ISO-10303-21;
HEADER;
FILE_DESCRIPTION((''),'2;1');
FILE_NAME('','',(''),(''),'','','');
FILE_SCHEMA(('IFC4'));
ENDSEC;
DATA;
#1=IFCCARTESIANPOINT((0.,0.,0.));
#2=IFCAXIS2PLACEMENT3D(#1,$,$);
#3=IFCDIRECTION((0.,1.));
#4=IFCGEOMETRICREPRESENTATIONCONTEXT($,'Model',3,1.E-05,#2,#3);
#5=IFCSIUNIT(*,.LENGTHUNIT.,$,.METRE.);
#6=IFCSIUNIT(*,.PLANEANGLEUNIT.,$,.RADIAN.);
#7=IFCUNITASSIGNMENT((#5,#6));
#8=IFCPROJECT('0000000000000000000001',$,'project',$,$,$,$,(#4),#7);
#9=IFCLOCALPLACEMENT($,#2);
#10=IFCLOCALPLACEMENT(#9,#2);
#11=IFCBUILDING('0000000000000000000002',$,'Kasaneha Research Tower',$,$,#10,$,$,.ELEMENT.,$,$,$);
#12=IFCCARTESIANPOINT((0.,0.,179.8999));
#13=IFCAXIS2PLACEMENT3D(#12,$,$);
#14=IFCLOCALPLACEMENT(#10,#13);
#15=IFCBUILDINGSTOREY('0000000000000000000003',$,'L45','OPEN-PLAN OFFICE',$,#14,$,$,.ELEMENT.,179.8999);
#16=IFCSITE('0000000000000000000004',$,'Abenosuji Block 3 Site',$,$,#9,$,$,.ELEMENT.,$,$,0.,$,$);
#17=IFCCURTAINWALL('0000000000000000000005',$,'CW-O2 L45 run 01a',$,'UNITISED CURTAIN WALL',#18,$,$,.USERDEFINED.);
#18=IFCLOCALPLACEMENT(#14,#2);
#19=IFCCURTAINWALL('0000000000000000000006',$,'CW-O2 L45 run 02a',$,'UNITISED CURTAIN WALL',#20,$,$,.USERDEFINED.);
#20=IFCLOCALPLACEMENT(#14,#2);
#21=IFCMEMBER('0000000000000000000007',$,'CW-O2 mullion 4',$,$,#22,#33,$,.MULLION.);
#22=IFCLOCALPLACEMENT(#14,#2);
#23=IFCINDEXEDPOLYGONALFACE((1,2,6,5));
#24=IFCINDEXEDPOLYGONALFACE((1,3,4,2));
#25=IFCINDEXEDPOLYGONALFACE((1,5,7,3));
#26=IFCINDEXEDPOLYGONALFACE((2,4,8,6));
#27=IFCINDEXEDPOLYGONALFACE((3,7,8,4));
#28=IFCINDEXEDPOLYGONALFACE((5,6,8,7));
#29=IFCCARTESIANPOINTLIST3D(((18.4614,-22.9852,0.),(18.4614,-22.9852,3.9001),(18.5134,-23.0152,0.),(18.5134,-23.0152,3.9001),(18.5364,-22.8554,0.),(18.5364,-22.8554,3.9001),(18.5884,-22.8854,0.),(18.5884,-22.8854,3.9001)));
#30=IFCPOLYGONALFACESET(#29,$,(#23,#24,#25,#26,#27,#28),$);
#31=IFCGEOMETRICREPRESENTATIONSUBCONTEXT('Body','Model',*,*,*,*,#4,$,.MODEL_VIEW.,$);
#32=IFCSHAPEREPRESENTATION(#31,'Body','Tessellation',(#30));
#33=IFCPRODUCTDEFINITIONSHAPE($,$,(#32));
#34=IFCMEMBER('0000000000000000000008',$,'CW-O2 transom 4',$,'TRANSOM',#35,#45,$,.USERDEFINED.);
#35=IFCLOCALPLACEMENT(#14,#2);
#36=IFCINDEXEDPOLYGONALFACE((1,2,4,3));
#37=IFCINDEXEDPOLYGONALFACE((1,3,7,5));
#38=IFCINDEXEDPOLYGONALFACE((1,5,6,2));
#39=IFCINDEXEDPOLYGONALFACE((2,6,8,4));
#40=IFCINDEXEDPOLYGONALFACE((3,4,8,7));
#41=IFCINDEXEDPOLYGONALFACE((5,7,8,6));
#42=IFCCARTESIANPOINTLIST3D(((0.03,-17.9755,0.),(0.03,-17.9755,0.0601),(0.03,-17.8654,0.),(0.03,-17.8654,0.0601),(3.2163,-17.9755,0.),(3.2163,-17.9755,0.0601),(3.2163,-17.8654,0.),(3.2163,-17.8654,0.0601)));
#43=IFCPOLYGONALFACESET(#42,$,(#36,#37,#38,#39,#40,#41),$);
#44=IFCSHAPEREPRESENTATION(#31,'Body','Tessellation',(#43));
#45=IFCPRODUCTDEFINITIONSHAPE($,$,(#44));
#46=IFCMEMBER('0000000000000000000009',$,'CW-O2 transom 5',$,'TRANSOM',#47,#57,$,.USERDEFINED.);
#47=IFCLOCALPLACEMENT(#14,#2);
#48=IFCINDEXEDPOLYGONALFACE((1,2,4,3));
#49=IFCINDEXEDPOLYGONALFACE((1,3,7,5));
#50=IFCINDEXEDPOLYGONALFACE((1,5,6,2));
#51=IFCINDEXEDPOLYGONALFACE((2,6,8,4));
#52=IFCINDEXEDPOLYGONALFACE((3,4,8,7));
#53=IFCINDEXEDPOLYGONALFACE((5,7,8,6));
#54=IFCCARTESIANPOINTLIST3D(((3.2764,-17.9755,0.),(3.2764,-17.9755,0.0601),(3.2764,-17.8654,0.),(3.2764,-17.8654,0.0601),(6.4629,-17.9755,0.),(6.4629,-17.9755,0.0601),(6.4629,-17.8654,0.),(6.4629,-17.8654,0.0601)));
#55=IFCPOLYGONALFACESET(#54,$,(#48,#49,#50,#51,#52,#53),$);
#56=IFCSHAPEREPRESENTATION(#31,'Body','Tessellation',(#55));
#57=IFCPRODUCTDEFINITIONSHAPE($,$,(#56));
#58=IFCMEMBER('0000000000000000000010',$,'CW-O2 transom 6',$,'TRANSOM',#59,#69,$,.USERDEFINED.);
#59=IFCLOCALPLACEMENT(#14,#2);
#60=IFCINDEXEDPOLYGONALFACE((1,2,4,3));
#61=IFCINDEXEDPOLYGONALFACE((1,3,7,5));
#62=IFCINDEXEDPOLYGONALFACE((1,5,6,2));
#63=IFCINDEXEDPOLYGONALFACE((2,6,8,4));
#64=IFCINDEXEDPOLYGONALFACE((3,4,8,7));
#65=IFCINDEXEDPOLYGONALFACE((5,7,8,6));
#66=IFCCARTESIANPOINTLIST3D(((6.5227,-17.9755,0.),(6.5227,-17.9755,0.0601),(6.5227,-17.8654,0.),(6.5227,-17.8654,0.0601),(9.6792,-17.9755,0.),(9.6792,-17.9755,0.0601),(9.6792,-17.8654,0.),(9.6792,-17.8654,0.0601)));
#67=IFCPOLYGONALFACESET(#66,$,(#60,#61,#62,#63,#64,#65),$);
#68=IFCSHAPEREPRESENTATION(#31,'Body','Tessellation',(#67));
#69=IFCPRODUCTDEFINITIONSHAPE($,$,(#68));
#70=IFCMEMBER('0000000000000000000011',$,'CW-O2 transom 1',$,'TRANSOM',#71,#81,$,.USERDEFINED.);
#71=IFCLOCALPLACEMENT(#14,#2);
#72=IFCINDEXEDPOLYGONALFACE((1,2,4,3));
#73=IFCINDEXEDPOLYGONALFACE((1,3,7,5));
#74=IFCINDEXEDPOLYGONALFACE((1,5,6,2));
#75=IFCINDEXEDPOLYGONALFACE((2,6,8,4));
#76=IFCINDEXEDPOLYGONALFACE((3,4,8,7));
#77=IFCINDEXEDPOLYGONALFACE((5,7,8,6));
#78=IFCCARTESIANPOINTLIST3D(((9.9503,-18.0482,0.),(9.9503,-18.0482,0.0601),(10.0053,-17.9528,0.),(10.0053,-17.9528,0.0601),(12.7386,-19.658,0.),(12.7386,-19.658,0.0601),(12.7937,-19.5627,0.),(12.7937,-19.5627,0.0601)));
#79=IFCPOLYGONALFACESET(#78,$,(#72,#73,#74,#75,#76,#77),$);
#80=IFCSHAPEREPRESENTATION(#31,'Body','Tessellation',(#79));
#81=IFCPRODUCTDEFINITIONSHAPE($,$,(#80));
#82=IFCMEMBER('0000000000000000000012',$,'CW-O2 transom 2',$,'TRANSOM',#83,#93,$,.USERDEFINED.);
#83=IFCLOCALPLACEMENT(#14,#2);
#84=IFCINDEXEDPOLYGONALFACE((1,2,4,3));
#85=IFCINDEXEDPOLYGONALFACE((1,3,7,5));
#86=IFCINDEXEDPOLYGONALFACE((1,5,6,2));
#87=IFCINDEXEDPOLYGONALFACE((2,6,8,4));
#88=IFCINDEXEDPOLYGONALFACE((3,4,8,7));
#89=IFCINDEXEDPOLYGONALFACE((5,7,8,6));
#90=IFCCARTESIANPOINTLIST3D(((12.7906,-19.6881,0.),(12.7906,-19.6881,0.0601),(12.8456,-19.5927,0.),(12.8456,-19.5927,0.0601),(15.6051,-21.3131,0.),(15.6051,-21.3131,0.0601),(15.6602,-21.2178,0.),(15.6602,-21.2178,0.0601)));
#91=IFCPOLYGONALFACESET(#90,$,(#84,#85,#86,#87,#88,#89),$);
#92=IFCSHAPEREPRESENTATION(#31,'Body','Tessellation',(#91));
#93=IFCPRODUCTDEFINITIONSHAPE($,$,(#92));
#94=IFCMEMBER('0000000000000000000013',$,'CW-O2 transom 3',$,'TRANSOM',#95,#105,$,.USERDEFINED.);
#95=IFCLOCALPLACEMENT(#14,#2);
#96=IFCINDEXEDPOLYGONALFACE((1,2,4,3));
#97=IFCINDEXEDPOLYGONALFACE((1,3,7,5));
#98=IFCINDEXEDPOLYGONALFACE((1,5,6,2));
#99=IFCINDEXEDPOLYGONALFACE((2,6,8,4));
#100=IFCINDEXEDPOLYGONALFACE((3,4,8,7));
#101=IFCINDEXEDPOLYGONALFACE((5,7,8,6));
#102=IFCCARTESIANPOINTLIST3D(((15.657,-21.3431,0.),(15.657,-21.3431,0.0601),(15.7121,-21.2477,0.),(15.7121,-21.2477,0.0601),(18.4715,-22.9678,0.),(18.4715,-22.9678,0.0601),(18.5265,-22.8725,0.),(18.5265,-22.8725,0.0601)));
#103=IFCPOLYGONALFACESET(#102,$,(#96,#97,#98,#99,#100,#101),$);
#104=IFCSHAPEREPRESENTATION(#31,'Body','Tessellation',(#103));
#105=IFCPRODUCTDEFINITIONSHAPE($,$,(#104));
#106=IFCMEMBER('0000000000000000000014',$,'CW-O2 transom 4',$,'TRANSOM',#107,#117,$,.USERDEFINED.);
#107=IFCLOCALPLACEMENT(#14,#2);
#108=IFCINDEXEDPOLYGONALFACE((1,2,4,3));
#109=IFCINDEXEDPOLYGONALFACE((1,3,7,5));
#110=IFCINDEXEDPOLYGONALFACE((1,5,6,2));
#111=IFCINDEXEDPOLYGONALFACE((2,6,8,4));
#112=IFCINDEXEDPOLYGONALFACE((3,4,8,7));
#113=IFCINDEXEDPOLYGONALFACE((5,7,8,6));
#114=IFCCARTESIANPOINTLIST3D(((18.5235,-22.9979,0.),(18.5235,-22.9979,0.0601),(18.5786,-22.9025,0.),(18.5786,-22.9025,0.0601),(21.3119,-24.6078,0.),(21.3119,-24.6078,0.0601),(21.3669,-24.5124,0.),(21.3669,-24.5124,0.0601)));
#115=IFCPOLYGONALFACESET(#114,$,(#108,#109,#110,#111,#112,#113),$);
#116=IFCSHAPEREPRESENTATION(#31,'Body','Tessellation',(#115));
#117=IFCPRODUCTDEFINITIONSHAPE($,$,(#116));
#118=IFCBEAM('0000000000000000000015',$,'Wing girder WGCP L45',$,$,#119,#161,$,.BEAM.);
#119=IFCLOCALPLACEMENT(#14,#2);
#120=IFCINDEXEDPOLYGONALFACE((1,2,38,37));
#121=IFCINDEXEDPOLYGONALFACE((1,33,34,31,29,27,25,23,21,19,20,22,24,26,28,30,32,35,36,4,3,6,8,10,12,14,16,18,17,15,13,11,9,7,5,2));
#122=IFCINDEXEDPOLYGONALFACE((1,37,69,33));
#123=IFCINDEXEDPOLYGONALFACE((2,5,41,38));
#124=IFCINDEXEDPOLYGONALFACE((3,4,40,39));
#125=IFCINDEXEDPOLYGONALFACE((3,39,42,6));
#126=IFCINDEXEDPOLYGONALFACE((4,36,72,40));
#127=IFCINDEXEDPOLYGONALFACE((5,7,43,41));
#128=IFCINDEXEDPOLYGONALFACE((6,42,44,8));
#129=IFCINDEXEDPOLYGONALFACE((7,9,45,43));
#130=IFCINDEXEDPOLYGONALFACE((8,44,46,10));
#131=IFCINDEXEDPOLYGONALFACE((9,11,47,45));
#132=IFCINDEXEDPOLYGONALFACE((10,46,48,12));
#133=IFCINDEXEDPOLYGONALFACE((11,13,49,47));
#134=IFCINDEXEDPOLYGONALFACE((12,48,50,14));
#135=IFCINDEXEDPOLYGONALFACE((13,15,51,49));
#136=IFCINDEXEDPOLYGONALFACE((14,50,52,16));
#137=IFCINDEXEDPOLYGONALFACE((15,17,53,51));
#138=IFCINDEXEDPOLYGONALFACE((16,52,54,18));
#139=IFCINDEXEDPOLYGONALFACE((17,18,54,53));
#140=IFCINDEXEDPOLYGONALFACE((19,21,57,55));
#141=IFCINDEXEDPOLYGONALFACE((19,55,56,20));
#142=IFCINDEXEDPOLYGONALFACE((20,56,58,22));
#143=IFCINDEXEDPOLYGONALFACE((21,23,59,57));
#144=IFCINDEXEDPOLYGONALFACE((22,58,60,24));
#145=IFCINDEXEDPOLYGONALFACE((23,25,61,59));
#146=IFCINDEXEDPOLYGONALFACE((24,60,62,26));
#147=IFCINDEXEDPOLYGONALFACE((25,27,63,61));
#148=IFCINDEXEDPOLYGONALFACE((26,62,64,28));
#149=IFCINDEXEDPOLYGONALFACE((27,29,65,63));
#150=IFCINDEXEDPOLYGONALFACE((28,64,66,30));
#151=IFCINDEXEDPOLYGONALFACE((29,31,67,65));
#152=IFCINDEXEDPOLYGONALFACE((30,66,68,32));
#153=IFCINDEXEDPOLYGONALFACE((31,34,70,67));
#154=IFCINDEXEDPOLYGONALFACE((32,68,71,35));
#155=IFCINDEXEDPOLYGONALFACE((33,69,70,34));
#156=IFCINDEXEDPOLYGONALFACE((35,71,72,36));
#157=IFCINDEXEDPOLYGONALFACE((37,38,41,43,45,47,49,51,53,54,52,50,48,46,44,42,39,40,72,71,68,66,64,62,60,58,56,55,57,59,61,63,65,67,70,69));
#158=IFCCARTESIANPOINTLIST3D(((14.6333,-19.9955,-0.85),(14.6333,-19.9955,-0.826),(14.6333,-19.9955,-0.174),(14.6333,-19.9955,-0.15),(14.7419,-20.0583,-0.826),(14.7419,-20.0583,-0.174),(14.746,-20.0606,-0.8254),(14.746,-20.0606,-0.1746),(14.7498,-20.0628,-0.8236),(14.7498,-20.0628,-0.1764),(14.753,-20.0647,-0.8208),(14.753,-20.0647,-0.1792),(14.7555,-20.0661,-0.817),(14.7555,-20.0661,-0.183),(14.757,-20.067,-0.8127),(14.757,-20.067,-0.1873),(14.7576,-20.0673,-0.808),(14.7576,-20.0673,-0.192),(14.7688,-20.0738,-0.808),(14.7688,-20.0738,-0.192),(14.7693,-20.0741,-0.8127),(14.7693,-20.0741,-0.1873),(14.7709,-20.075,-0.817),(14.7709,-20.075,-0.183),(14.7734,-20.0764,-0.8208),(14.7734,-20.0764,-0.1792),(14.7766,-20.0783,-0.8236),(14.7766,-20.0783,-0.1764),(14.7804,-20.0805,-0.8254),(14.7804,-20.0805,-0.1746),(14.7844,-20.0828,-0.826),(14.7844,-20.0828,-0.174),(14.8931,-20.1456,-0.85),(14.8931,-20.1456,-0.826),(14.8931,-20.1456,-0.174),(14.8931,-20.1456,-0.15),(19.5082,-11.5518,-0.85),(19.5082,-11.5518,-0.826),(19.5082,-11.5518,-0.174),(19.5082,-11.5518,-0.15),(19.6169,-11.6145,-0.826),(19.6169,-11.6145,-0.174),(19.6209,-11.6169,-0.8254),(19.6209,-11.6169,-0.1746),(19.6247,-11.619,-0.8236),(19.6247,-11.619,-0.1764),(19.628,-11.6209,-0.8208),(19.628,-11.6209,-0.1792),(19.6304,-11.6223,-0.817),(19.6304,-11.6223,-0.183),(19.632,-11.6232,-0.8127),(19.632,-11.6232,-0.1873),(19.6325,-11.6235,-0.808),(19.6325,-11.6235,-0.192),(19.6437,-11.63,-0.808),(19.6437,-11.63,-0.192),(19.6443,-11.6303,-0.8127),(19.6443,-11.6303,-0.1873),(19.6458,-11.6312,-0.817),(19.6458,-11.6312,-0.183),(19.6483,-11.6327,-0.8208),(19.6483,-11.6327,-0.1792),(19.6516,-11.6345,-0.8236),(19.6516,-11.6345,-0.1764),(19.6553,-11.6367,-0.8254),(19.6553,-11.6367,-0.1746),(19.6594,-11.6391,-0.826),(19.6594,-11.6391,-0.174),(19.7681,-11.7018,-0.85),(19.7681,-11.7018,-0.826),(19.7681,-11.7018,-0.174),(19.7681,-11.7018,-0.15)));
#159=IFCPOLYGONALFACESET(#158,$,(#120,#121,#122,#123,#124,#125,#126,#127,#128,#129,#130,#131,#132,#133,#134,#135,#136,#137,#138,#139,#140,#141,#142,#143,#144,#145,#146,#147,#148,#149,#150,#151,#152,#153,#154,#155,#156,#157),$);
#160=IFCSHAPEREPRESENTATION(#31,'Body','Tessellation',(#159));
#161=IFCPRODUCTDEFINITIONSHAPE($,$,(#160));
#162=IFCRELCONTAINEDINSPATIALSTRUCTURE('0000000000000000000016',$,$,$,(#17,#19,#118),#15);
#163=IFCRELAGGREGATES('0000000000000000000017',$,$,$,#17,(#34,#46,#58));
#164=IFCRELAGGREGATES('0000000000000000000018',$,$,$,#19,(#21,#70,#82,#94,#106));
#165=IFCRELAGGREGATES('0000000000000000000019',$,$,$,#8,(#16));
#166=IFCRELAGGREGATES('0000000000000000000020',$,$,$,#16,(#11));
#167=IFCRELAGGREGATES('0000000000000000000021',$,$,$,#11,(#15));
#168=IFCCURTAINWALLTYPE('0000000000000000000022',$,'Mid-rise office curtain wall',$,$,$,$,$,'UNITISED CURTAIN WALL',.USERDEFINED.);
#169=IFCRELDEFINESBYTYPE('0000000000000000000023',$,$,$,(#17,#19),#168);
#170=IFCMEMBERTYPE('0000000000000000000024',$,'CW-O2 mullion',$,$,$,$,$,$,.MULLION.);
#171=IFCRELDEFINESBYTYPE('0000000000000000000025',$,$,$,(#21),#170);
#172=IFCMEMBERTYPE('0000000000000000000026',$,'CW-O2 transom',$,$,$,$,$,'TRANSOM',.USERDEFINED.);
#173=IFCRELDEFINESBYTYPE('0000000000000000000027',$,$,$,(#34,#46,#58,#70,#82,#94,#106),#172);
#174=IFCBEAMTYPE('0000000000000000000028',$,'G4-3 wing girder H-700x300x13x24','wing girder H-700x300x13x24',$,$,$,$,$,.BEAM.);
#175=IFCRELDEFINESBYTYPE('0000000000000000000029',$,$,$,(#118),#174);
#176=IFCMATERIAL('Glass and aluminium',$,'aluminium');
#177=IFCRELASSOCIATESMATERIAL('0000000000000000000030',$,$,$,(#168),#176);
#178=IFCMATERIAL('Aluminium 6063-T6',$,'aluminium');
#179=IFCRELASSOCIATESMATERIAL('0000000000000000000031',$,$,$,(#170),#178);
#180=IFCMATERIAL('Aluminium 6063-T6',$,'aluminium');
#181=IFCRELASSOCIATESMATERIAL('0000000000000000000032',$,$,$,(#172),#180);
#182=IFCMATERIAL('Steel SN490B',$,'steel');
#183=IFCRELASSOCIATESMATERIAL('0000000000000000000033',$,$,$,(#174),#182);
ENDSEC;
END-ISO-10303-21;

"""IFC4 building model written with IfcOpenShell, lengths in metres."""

from ifc_helpers import new_model, si_unit, direction, frame, origin, origin_2d, place, context, subcontext, project, spatial, rectangle, i_section, extrude, material, material_profile, profile_set, type_object, element, aggregate, save


model = new_model("IFC4")

# Units and contexts
model_context = context("Model", 3, precision=1e-05, world=origin(), true_north=direction((0.0, 1.0)))
body_context = subcontext(model_context, "Body", "Model", "MODEL_VIEW")
ifc_project = project(units=[si_unit("LENGTHUNIT", "METRE"), si_unit("PLANEANGLEUNIT", "RADIAN")], contexts=[model_context])

# Site, building, storey
site_placement = place(None, origin())
site = spatial("IfcSite", under=ifc_project, at=site_placement, Name="Abenosuji Block 3 Site", CompositionType="ELEMENT", RefElevation=0.0)
building_placement = place(site_placement, origin())
building = spatial("IfcBuilding", under=site, at=building_placement, Name="Kasaneha Research Tower", CompositionType="ELEMENT")
storey_placement = place(building_placement, frame((0.0, 0.0, 179.8999)))
storey = spatial("IfcBuildingStorey", under=building, at=storey_placement, Name="L45", Description="OPEN-PLAN OFFICE", CompositionType="ELEMENT", Elevation=179.8999)

# Curtain walls, member
ifc_material_1 = material(Name="Glass and aluminium", Category="aluminium")
curtain_wall_type = type_object("IfcCurtainWallType", Name="Mid-rise office curtain wall", ElementType="UNITISED CURTAIN WALL", PredefinedType="USERDEFINED", material=ifc_material_1)
curtain_wall_1_placement = place(storey_placement, origin())
curtain_wall_1 = element("IfcCurtainWall", 1, at=curtain_wall_1_placement, inside=storey, type_object=curtain_wall_type, Name="CW-O2 L45 run 01a", ObjectType="UNITISED CURTAIN WALL", PredefinedType="USERDEFINED")
ifc_material_2 = material(Name="Aluminium 6063-T6", Category="aluminium")
ifc_material_profile_1 = material_profile(ifc_material_2, rectangle(XDim=0.0601, YDim=0.1499, at=origin_2d()), Name="CW-O2 mullion 60x150")
ifc_profile_set_1 = profile_set([ifc_material_profile_1], Name="Aluminium 6063-T6")
member_type_1 = type_object("IfcMemberType", Name="CW-O2 mullion", PredefinedType="MULLION", material=ifc_profile_set_1)
curtain_wall_2_placement = place(storey_placement, origin())
curtain_wall_2 = element("IfcCurtainWall", 2, at=curtain_wall_2_placement, inside=storey, type_object=curtain_wall_type, Name="CW-O2 L45 run 02a", ObjectType="UNITISED CURTAIN WALL", PredefinedType="USERDEFINED")
member_1_placement = place(storey_placement, frame((18.5249, -22.9353, 0.0), z_axis=(0.0, 0.0, 1.0), x_axis=(0.866025, -0.5, 0.0)))
member_1 = element("IfcMember", 3, at=member_1_placement, type_object=member_type_1, Name="CW-O2 mullion 4", PredefinedType="MULLION", context=body_context, shape_type="SweptSolid", body=[
    extrude(rectangle(XDim=0.0601, YDim=0.1499, at=origin_2d()), origin(), (0.0, 0.0, 1.0), 3.9001),
])

# Members
ifc_material_3 = material(Name="Aluminium 6063-T6", Category="aluminium")
ifc_material_profile_2 = material_profile(ifc_material_3, rectangle(XDim=0.1101, YDim=0.0601, at=origin_2d()), Name="CW-O2 transom 110x60")
ifc_profile_set_2 = profile_set([ifc_material_profile_2], Name="Aluminium 6063-T6")
member_type_2 = type_object("IfcMemberType", Name="CW-O2 transom", ElementType="TRANSOM", PredefinedType="USERDEFINED", material=ifc_profile_set_2)
member_2_placement = place(storey_placement, frame((0.03, -17.9204, 0.03), z_axis=(1.0, 0.0, 0.0), x_axis=(0.0, 1.0, 0.0)))
member_2 = element("IfcMember", 4, at=member_2_placement, type_object=member_type_2, Name="CW-O2 transom 4", ObjectType="TRANSOM", PredefinedType="USERDEFINED", context=body_context, shape_type="SweptSolid", body=[
    extrude(rectangle(XDim=0.1101, YDim=0.0601, at=origin_2d()), origin(), (0.0, 0.0, 1.0), 3.1863),
])
member_3_placement = place(storey_placement, frame((3.2764, -17.9204, 0.03), z_axis=(1.0, 0.0, 0.0), x_axis=(0.0, 1.0, 0.0)))
member_3 = element("IfcMember", 5, at=member_3_placement, type_object=member_type_2, Name="CW-O2 transom 5", ObjectType="TRANSOM", PredefinedType="USERDEFINED", context=body_context, shape_type="SweptSolid", body=[
    extrude(rectangle(XDim=0.1101, YDim=0.0601, at=origin_2d()), origin(), (0.0, 0.0, 1.0), 3.1865),
])
member_4_placement = place(storey_placement, frame((6.5227, -17.9204, 0.03), z_axis=(1.0, 0.0, 0.0), x_axis=(0.0, 1.0, 0.0)))
member_4 = element("IfcMember", 6, at=member_4_placement, type_object=member_type_2, Name="CW-O2 transom 6", ObjectType="TRANSOM", PredefinedType="USERDEFINED", context=body_context, shape_type="SweptSolid", body=[
    extrude(rectangle(XDim=0.1101, YDim=0.0601, at=origin_2d()), origin(), (0.0, 0.0, 1.0), 3.1565),
])
member_5_placement = place(storey_placement, frame((9.9778, -18.0005, 0.03), z_axis=(0.866023, -0.500005, 0.0), x_axis=(0.500005, 0.866023, 0.0)))
member_5 = element("IfcMember", 7, at=member_5_placement, type_object=member_type_2, Name="CW-O2 transom 1", ObjectType="TRANSOM", PredefinedType="USERDEFINED", context=body_context, shape_type="SweptSolid", body=[
    extrude(rectangle(XDim=0.1101, YDim=0.0601, at=origin_2d()), origin(), (0.0, 0.0, 1.0), 3.2197),
])
member_6_placement = place(storey_placement, frame((12.8181, -19.6404, 0.03), z_axis=(0.866015, -0.500017, 0.0), x_axis=(0.500017, 0.866015, 0.0)))
member_6 = element("IfcMember", 8, at=member_6_placement, type_object=member_type_2, Name="CW-O2 transom 2", ObjectType="TRANSOM", PredefinedType="USERDEFINED", context=body_context, shape_type="SweptSolid", body=[
    extrude(rectangle(XDim=0.1101, YDim=0.0601, at=origin_2d()), origin(), (0.0, 0.0, 1.0), 3.25),
])
member_7_placement = place(storey_placement, frame((15.6846, -21.2954, 0.03), z_axis=(0.866048, -0.499961, 0.0), x_axis=(0.499961, 0.866048, 0.0)))
member_7 = element("IfcMember", 9, at=member_7_placement, type_object=member_type_2, Name="CW-O2 transom 3", ObjectType="TRANSOM", PredefinedType="USERDEFINED", context=body_context, shape_type="SweptSolid", body=[
    extrude(rectangle(XDim=0.1101, YDim=0.0601, at=origin_2d()), origin(), (0.0, 0.0, 1.0), 3.2498),
])
member_8_placement = place(storey_placement, frame((18.551, -22.9502, 0.03), z_axis=(0.866023, -0.500005, 0.0), x_axis=(0.500005, 0.866023, 0.0)))
member_8 = element("IfcMember", 10, at=member_8_placement, type_object=member_type_2, Name="CW-O2 transom 4", ObjectType="TRANSOM", PredefinedType="USERDEFINED", context=body_context, shape_type="SweptSolid", body=[
    extrude(rectangle(XDim=0.1101, YDim=0.0601, at=origin_2d()), origin(), (0.0, 0.0, 1.0), 3.2197),
])

# Beam
ifc_material_4 = material(Name="Steel SN490B", Category="steel")
ifc_material_profile_3 = material_profile(ifc_material_4, i_section(OverallWidth=0.3, OverallDepth=0.7, WebThickness=0.0129, FlangeThickness=0.0239, FilletRadius=0.0181, at=origin_2d()), Name="H-700x300x13x24")
ifc_profile_set_3 = profile_set([ifc_material_profile_3], Name="Steel SN490B")
beam_type_1 = type_object("IfcBeamType", Name="G4-3 wing girder H-700x300x13x24", Description="wing girder H-700x300x13x24", PredefinedType="BEAM", material=ifc_profile_set_3)
beam_1_placement = place(storey_placement, frame((14.7632, -20.0706, -0.5), z_axis=(0.499996, 0.866028, 0.0), x_axis=(-0.866028, 0.499996, 0.0)))
element("IfcBeam", 11, at=beam_1_placement, inside=storey, type_object=beam_type_1, Name="Wing girder WGCP L45", PredefinedType="BEAM", context=body_context, shape_type="SweptSolid", body=[
    extrude(i_section(OverallWidth=0.3, OverallDepth=0.7, WebThickness=0.0129, FlangeThickness=0.0239, FilletRadius=0.0181, at=origin_2d()), origin(), (0.0, 0.0, 1.0), 9.75),
])

aggregate(curtain_wall_1, [member_2, member_3, member_4])
aggregate(curtain_wall_2, [member_1, member_5, member_6, member_7, member_8])

save(model, "model.ifc")
